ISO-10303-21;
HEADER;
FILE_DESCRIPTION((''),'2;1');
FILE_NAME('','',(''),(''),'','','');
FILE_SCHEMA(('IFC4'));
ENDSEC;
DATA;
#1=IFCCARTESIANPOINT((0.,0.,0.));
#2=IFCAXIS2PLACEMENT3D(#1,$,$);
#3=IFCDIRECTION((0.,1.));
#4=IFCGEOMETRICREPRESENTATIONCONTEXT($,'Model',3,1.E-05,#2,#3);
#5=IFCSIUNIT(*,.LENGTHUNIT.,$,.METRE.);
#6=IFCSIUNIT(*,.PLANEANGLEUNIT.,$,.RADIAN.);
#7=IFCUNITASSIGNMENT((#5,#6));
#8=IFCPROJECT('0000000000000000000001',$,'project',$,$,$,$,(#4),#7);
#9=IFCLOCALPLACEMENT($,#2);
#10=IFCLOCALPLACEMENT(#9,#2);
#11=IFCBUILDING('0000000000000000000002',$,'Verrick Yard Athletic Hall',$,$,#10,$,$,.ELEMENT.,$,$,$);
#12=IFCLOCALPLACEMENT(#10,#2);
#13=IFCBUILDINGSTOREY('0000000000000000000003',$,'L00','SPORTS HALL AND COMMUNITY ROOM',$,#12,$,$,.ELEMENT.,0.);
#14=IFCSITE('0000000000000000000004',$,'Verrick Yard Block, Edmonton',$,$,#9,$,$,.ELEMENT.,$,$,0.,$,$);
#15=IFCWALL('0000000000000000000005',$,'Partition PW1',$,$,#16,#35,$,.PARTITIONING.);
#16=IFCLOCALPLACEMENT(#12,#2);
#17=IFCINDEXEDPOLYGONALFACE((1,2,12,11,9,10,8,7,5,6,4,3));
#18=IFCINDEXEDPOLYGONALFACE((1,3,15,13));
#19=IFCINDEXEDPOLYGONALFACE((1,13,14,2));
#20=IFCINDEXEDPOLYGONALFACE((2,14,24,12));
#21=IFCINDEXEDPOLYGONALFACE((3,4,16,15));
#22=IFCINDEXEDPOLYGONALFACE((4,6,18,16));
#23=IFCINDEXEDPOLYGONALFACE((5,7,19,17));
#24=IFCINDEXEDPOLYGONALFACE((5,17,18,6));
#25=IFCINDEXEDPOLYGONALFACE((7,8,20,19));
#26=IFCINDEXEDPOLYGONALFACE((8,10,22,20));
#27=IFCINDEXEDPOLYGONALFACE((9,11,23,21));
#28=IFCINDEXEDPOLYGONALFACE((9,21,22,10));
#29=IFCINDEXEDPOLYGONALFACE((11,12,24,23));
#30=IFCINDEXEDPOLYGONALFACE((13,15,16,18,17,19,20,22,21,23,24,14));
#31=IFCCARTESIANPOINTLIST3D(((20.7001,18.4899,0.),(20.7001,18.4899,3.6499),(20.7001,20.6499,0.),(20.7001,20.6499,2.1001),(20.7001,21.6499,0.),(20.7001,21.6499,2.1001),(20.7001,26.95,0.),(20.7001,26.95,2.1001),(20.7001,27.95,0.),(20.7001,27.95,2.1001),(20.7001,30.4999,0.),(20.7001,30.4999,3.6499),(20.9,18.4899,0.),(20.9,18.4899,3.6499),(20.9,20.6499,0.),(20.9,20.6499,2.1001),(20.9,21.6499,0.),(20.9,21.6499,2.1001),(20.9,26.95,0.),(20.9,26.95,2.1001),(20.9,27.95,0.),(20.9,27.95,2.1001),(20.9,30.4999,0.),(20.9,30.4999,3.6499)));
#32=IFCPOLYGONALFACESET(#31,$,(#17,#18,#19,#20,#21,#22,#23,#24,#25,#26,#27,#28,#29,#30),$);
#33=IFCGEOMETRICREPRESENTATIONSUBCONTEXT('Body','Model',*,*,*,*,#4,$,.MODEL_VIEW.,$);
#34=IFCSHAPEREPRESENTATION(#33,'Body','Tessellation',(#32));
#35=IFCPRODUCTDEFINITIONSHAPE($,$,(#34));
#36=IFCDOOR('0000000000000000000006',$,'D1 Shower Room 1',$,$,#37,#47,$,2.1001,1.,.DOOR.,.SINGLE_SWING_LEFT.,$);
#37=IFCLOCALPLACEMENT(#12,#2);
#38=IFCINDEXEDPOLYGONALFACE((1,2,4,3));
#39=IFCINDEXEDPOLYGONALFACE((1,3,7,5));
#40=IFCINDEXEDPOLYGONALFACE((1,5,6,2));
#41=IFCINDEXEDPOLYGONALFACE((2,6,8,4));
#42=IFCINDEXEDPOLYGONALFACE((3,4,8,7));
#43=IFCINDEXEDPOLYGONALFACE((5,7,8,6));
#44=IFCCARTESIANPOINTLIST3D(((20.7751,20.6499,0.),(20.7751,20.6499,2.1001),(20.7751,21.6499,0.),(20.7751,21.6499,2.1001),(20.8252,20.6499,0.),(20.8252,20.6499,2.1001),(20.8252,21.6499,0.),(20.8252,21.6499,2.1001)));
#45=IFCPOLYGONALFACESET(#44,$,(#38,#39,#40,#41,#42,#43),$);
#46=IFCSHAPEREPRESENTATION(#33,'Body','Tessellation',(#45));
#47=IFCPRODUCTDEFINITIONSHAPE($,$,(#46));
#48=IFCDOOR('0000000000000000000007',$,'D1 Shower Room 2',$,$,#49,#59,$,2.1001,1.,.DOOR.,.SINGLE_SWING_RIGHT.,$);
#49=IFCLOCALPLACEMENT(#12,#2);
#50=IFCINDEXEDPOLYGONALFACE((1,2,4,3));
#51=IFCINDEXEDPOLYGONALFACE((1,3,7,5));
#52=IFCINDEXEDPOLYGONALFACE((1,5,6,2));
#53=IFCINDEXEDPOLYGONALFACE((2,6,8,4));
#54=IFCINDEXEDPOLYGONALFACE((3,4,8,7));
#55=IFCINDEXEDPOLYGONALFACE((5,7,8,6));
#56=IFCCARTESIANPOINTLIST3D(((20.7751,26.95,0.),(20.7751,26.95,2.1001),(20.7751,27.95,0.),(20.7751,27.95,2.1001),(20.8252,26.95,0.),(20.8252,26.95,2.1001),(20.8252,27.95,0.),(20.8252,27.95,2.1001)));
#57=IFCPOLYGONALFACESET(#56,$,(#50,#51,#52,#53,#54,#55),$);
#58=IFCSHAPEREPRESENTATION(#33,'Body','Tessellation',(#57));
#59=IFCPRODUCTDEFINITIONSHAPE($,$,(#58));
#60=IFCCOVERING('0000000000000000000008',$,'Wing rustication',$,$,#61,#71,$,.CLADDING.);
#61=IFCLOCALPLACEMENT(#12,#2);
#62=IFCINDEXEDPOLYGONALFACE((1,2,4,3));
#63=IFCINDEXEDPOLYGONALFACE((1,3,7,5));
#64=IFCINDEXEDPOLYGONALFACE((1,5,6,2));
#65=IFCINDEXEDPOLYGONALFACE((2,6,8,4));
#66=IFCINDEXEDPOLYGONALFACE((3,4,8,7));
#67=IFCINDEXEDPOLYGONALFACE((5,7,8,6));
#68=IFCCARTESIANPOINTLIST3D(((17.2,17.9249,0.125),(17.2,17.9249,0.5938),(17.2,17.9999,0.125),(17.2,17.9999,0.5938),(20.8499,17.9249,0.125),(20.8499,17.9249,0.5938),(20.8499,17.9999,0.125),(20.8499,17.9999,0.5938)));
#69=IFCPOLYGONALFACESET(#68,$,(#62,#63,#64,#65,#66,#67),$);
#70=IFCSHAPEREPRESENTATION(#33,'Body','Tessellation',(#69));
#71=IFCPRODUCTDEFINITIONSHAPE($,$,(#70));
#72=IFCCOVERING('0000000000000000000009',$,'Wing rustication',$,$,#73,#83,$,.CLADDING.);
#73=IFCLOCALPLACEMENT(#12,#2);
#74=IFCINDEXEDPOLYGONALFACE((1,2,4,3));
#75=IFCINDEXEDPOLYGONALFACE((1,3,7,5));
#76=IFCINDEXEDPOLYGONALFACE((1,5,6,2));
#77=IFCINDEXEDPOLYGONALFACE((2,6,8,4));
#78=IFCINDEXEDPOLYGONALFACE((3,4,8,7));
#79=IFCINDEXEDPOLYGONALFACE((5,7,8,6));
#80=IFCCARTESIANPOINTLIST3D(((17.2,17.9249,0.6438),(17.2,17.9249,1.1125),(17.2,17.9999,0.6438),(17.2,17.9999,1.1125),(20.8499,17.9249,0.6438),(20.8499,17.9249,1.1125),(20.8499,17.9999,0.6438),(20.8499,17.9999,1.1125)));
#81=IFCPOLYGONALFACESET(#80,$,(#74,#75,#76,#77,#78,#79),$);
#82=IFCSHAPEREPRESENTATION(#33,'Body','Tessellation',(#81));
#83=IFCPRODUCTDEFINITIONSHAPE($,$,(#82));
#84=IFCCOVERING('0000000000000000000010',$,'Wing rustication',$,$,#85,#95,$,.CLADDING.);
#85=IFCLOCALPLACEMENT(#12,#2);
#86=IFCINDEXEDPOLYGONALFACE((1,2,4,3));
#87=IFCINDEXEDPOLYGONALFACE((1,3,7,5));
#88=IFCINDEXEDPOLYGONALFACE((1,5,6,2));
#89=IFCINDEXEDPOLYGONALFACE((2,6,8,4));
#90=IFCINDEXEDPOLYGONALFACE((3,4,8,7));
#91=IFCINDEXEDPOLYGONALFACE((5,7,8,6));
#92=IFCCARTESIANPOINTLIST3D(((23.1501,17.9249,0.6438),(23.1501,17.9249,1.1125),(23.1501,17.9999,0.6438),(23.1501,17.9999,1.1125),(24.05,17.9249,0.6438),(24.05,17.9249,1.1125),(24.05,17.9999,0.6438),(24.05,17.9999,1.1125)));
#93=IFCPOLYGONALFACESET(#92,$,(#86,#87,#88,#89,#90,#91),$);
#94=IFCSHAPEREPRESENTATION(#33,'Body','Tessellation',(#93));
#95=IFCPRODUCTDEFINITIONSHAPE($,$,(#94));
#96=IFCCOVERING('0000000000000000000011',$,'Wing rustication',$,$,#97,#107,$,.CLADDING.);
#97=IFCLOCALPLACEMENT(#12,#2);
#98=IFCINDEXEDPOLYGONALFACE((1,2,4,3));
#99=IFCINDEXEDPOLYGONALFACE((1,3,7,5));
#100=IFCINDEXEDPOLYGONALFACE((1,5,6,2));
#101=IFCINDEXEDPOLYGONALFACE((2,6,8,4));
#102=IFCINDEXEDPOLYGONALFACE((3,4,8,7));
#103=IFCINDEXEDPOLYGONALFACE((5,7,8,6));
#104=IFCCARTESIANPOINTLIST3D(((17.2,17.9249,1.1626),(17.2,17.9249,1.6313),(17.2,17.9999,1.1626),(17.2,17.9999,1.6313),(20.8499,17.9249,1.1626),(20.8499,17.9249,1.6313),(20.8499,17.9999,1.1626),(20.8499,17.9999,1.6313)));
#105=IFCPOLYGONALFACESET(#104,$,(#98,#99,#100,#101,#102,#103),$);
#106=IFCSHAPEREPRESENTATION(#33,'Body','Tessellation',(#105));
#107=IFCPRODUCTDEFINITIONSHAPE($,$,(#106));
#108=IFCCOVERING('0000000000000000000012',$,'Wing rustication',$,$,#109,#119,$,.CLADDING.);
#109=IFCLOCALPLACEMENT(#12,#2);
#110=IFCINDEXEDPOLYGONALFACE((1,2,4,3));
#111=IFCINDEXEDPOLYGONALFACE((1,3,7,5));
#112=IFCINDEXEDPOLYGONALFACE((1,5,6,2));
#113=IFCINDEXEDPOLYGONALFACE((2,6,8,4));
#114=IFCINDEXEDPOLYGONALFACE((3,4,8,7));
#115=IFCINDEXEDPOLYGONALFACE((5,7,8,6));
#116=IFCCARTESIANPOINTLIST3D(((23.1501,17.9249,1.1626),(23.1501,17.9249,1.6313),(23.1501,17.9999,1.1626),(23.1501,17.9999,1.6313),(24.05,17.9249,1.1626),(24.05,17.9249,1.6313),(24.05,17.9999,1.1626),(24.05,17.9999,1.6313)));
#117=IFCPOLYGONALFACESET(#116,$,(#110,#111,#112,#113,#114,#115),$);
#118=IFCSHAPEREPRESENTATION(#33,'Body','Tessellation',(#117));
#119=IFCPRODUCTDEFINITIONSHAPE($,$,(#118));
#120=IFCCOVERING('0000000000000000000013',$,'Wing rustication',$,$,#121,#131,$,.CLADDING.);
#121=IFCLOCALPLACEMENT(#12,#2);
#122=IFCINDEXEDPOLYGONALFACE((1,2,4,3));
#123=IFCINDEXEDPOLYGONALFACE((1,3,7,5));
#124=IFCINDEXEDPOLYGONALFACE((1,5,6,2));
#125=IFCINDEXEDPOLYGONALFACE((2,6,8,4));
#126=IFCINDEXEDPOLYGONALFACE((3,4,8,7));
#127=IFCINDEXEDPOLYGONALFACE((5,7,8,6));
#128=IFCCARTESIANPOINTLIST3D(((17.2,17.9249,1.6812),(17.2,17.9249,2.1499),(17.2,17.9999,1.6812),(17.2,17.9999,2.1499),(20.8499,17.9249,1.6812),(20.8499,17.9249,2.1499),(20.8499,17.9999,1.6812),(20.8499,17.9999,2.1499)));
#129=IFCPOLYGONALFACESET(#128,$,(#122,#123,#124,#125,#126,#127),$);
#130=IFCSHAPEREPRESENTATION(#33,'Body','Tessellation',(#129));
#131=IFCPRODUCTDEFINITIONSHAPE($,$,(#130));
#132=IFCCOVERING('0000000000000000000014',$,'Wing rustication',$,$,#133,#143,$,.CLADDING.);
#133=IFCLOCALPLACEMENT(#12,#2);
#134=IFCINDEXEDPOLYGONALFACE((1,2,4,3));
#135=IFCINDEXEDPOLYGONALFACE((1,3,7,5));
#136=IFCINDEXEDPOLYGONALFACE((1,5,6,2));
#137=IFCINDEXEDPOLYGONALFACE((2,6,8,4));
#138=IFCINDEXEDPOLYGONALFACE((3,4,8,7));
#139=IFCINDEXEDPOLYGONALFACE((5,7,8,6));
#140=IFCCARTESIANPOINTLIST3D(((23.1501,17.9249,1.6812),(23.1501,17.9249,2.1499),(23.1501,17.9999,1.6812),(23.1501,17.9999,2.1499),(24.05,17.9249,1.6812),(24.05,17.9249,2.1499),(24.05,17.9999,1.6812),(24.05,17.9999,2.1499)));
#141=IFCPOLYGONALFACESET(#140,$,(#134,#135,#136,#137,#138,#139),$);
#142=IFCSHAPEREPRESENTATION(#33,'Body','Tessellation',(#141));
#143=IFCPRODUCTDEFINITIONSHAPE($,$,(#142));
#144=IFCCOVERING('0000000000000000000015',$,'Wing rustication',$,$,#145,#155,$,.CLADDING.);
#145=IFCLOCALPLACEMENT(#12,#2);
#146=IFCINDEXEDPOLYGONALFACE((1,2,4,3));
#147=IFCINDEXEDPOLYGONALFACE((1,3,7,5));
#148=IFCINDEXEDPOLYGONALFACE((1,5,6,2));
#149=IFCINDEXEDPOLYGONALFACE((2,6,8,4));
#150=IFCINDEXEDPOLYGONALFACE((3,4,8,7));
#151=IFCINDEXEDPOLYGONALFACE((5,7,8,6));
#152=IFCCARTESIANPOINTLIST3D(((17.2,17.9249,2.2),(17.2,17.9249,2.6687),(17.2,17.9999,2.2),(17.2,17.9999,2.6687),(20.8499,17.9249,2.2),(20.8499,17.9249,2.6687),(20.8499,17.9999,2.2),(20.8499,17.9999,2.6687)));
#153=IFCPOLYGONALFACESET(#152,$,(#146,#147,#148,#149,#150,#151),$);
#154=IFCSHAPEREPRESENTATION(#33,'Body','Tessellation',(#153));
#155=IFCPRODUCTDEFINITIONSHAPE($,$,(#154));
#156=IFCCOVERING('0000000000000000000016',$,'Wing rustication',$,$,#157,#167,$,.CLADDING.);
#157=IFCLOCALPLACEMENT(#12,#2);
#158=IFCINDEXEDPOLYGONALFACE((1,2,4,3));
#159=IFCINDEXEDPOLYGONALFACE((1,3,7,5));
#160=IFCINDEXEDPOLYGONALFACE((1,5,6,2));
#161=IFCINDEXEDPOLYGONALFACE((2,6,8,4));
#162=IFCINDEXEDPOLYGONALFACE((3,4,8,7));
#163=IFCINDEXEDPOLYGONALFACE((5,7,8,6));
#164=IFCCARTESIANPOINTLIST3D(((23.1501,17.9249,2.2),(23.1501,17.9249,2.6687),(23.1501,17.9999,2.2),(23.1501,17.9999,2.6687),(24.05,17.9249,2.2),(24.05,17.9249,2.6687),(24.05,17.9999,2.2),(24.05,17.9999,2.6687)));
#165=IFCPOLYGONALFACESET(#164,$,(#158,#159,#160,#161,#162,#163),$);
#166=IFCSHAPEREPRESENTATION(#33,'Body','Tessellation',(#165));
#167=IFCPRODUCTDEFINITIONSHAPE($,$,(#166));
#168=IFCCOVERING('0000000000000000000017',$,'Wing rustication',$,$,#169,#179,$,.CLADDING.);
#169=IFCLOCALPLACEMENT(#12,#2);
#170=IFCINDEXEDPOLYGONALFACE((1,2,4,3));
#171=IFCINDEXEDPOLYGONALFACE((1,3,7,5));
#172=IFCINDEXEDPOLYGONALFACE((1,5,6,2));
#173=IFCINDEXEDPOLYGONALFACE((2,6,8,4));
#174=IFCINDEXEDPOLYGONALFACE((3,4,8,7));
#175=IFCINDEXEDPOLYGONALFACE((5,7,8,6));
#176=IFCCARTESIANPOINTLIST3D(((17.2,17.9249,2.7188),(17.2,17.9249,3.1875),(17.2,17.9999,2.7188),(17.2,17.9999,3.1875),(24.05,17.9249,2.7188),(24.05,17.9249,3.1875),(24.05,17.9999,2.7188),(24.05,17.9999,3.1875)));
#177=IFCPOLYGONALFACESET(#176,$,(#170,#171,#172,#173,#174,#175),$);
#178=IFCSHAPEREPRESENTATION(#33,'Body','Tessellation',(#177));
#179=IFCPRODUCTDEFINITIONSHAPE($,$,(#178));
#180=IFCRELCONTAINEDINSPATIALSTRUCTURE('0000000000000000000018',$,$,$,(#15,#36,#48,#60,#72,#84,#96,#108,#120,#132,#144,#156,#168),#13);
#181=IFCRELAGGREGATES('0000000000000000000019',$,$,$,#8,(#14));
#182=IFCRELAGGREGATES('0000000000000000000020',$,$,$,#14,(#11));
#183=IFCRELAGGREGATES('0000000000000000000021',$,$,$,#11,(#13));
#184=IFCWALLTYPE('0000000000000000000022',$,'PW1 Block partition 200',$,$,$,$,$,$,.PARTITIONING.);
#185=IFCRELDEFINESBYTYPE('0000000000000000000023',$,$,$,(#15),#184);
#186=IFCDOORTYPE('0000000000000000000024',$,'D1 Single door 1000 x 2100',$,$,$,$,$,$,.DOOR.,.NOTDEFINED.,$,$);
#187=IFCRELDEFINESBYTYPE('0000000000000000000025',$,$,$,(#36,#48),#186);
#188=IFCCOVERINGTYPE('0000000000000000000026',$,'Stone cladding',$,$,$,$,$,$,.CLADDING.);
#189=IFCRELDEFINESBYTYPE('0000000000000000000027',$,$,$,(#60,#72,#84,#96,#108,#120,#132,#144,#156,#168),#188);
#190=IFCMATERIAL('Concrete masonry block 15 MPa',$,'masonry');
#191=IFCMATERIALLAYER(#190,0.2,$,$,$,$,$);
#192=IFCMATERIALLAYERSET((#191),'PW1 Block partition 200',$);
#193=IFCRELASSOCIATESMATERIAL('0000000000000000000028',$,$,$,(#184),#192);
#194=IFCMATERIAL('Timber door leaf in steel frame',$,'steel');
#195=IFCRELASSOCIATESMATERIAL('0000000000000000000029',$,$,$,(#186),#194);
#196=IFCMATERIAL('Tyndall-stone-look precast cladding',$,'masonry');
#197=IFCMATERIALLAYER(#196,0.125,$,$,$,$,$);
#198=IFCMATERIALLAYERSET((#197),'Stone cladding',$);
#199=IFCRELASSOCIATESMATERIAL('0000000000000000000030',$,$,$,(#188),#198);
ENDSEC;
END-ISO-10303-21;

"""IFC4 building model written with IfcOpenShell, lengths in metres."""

from ifc_helpers import new_model, si_unit, direction, frame, frame_2d, origin, origin_2d, place, context, subcontext, project, spatial, rectangle, extrude, material, layer, layer_set, type_object, element, fill, save


model = new_model("IFC4")

# Units and contexts
model_context = context("Model", 3, precision=1e-05, world=origin(), true_north=direction((0.0, 1.0)))
body_context = subcontext(model_context, "Body", "Model", "MODEL_VIEW")
ifc_project = project(units=[si_unit("LENGTHUNIT", "METRE"), si_unit("PLANEANGLEUNIT", "RADIAN")], contexts=[model_context])

# Site, building, storey
site_placement = place(None, origin())
site = spatial("IfcSite", under=ifc_project, at=site_placement, Name="Verrick Yard Block, Edmonton", CompositionType="ELEMENT", RefElevation=0.0)
building_placement = place(site_placement, origin())
building = spatial("IfcBuilding", under=site, at=building_placement, Name="Verrick Yard Athletic Hall", CompositionType="ELEMENT")
storey_placement = place(building_placement, origin())
storey = spatial("IfcBuildingStorey", under=building, at=storey_placement, Name="L00", Description="SPORTS HALL AND COMMUNITY ROOM", CompositionType="ELEMENT", Elevation=0.0)

# Wall, openings, doors
ifc_material_1 = material(Name="Concrete masonry block 15 MPa", Category="masonry")
ifc_layer_1 = layer(ifc_material_1, 0.2)
ifc_layer_set_1 = layer_set([ifc_layer_1], Name="PW1 Block partition 200")
wall_type_1 = type_object("IfcWallType", Name="PW1 Block partition 200", PredefinedType="PARTITIONING", material=ifc_layer_set_1)
wall_1_placement = place(storey_placement, frame((20.8, 18.49, 0.0), z_axis=(0.0, 0.0, 1.0), x_axis=(0.0, 1.0, 0.0)))
wall_1 = element("IfcWall", 1, at=wall_1_placement, inside=storey, type_object=wall_type_1, Name="Partition PW1", PredefinedType="PARTITIONING", context=body_context, shape_type="SweptSolid", body=[
    extrude(rectangle(XDim=12.01, YDim=0.2, at=frame_2d((6.0049, 0.0))), origin(), (0.0, 0.0, 1.0), 3.6499),
])
opening_1_placement = place(wall_1_placement, frame((2.1599, 0.0, 0.0)))
opening_1 = element("IfcOpeningElement", 2, at=opening_1_placement, cuts=wall_1, PredefinedType="OPENING", context=body_context, shape_type="SweptSolid", body=[
    extrude(rectangle(XDim=1.0, YDim=2.1001, at=frame_2d((0.5, 1.05))), frame((0.0, 0.1099, 0.0), z_axis=(0.0, -1.0, 0.0), x_axis=(1.0, 0.0, 0.0)), (0.0, 0.0, 1.0), 0.22),
])
opening_2_placement = place(wall_1_placement, frame((8.46, 0.0, 0.0)))
opening_2 = element("IfcOpeningElement", 3, at=opening_2_placement, cuts=wall_1, PredefinedType="OPENING", context=body_context, shape_type="SweptSolid", body=[
    extrude(rectangle(XDim=1.0, YDim=2.1001, at=frame_2d((0.5, 1.05))), frame((0.0, 0.1099, 0.0), z_axis=(0.0, -1.0, 0.0), x_axis=(1.0, 0.0, 0.0)), (0.0, 0.0, 1.0), 0.22),
])
ifc_material_2 = material(Name="Timber door leaf in steel frame", Category="steel")
door_type_1 = type_object("IfcDoorType", Name="D1 Single door 1000 x 2100", OperationType="NOTDEFINED", PredefinedType="DOOR", material=ifc_material_2)
door_1_placement = place(opening_1_placement, origin())
door_1 = element("IfcDoor", 4, at=door_1_placement, inside=storey, type_object=door_type_1, Name="D1 Shower Room 1", OperationType="SINGLE_SWING_LEFT", OverallHeight=2.1001, OverallWidth=1.0, PredefinedType="DOOR", context=body_context, shape_type="SweptSolid", body=[
    extrude(rectangle(XDim=1.0, YDim=2.1001, at=frame_2d((0.5, 1.05))), frame((0.0, 0.0249, 0.0), z_axis=(0.0, -1.0, 0.0), x_axis=(1.0, 0.0, 0.0)), (0.0, 0.0, 1.0), 0.05),
])
fill(opening_1, door_1)
door_2_placement = place(opening_2_placement, origin())
door_2 = element("IfcDoor", 5, at=door_2_placement, inside=storey, type_object=door_type_1, Name="D1 Shower Room 2", OperationType="SINGLE_SWING_RIGHT", OverallHeight=2.1001, OverallWidth=1.0, PredefinedType="DOOR", context=body_context, shape_type="SweptSolid", body=[
    extrude(rectangle(XDim=1.0, YDim=2.1001, at=frame_2d((0.5, 1.05))), frame((0.0, 0.0249, 0.0), z_axis=(0.0, -1.0, 0.0), x_axis=(1.0, 0.0, 0.0)), (0.0, 0.0, 1.0), 0.05),
])
fill(opening_2, door_2)

# Shared definitions
ifc_material_3 = material(Name="Tyndall-stone-look precast cladding", Category="masonry")

# Coverings
ifc_layer_2 = layer(ifc_material_3, 0.125)
ifc_layer_set_2 = layer_set([ifc_layer_2], Name="Stone cladding")
covering_type = type_object("IfcCoveringType", Name="Stone cladding", PredefinedType="CLADDING", material=ifc_layer_set_2)
for number, where, z_axis, x_axis, name in (
    (6, (19.0249, 17.9624, 0.125), (0.0, 0.0, 1.0), (1.0, 0.0, 0.0), "Wing rustication"),
    (7, (19.0249, 17.9624, 0.6438), (0.0, 0.0, 1.0), (1.0, 0.0, 0.0), "Wing rustication"),
):
    element("IfcCovering", number, at=place(storey_placement, frame(where, z_axis=z_axis, x_axis=x_axis)), inside=storey, type_object=covering_type, Name=name, PredefinedType="CLADDING", context=body_context, shape_type="SweptSolid", body=[
        extrude(rectangle(XDim=3.6499, YDim=0.075, at=origin_2d()), origin(), (0.0, 0.0, 1.0), 0.4688),
    ])
covering_1_placement = place(storey_placement, frame((23.6001, 17.9624, 0.6438), z_axis=(0.0, 0.0, 1.0), x_axis=(1.0, 0.0, 0.0)))
element("IfcCovering", 8, at=covering_1_placement, inside=storey, type_object=covering_type, Name="Wing rustication", PredefinedType="CLADDING", context=body_context, shape_type="SweptSolid", body=[
    extrude(rectangle(XDim=0.8999, YDim=0.075, at=origin_2d()), origin(), (0.0, 0.0, 1.0), 0.4688),
])
covering_2_placement = place(storey_placement, frame((19.0249, 17.9624, 1.1626), z_axis=(0.0, 0.0, 1.0), x_axis=(1.0, 0.0, 0.0)))
element("IfcCovering", 9, at=covering_2_placement, inside=storey, type_object=covering_type, Name="Wing rustication", PredefinedType="CLADDING", context=body_context, shape_type="SweptSolid", body=[
    extrude(rectangle(XDim=3.6499, YDim=0.075, at=origin_2d()), origin(), (0.0, 0.0, 1.0), 0.4688),
])
covering_3_placement = place(storey_placement, frame((23.6001, 17.9624, 1.1626), z_axis=(0.0, 0.0, 1.0), x_axis=(1.0, 0.0, 0.0)))
element("IfcCovering", 10, at=covering_3_placement, inside=storey, type_object=covering_type, Name="Wing rustication", PredefinedType="CLADDING", context=body_context, shape_type="SweptSolid", body=[
    extrude(rectangle(XDim=0.8999, YDim=0.075, at=origin_2d()), origin(), (0.0, 0.0, 1.0), 0.4688),
])
covering_4_placement = place(storey_placement, frame((19.0249, 17.9624, 1.6812), z_axis=(0.0, 0.0, 1.0), x_axis=(1.0, 0.0, 0.0)))
element("IfcCovering", 11, at=covering_4_placement, inside=storey, type_object=covering_type, Name="Wing rustication", PredefinedType="CLADDING", context=body_context, shape_type="SweptSolid", body=[
    extrude(rectangle(XDim=3.6499, YDim=0.075, at=origin_2d()), origin(), (0.0, 0.0, 1.0), 0.4688),
])
covering_5_placement = place(storey_placement, frame((23.6001, 17.9624, 1.6812), z_axis=(0.0, 0.0, 1.0), x_axis=(1.0, 0.0, 0.0)))
element("IfcCovering", 12, at=covering_5_placement, inside=storey, type_object=covering_type, Name="Wing rustication", PredefinedType="CLADDING", context=body_context, shape_type="SweptSolid", body=[
    extrude(rectangle(XDim=0.8999, YDim=0.075, at=origin_2d()), origin(), (0.0, 0.0, 1.0), 0.4688),
])
covering_6_placement = place(storey_placement, frame((19.0249, 17.9624, 2.2), z_axis=(0.0, 0.0, 1.0), x_axis=(1.0, 0.0, 0.0)))
element("IfcCovering", 13, at=covering_6_placement, inside=storey, type_object=covering_type, Name="Wing rustication", PredefinedType="CLADDING", context=body_context, shape_type="SweptSolid", body=[
    extrude(rectangle(XDim=3.6499, YDim=0.075, at=origin_2d()), origin(), (0.0, 0.0, 1.0), 0.4688),
])
covering_7_placement = place(storey_placement, frame((23.6001, 17.9624, 2.2), z_axis=(0.0, 0.0, 1.0), x_axis=(1.0, 0.0, 0.0)))
element("IfcCovering", 14, at=covering_7_placement, inside=storey, type_object=covering_type, Name="Wing rustication", PredefinedType="CLADDING", context=body_context, shape_type="SweptSolid", body=[
    extrude(rectangle(XDim=0.8999, YDim=0.075, at=origin_2d()), origin(), (0.0, 0.0, 1.0), 0.4688),
])
covering_8_placement = place(storey_placement, frame((20.625, 17.9624, 2.7188), z_axis=(0.0, 0.0, 1.0), x_axis=(1.0, 0.0, 0.0)))
element("IfcCovering", 15, at=covering_8_placement, inside=storey, type_object=covering_type, Name="Wing rustication", PredefinedType="CLADDING", context=body_context, shape_type="SweptSolid", body=[
    extrude(rectangle(XDim=6.8501, YDim=0.075, at=origin_2d()), origin(), (0.0, 0.0, 1.0), 0.4688),
])

save(model, "model.ifc")
